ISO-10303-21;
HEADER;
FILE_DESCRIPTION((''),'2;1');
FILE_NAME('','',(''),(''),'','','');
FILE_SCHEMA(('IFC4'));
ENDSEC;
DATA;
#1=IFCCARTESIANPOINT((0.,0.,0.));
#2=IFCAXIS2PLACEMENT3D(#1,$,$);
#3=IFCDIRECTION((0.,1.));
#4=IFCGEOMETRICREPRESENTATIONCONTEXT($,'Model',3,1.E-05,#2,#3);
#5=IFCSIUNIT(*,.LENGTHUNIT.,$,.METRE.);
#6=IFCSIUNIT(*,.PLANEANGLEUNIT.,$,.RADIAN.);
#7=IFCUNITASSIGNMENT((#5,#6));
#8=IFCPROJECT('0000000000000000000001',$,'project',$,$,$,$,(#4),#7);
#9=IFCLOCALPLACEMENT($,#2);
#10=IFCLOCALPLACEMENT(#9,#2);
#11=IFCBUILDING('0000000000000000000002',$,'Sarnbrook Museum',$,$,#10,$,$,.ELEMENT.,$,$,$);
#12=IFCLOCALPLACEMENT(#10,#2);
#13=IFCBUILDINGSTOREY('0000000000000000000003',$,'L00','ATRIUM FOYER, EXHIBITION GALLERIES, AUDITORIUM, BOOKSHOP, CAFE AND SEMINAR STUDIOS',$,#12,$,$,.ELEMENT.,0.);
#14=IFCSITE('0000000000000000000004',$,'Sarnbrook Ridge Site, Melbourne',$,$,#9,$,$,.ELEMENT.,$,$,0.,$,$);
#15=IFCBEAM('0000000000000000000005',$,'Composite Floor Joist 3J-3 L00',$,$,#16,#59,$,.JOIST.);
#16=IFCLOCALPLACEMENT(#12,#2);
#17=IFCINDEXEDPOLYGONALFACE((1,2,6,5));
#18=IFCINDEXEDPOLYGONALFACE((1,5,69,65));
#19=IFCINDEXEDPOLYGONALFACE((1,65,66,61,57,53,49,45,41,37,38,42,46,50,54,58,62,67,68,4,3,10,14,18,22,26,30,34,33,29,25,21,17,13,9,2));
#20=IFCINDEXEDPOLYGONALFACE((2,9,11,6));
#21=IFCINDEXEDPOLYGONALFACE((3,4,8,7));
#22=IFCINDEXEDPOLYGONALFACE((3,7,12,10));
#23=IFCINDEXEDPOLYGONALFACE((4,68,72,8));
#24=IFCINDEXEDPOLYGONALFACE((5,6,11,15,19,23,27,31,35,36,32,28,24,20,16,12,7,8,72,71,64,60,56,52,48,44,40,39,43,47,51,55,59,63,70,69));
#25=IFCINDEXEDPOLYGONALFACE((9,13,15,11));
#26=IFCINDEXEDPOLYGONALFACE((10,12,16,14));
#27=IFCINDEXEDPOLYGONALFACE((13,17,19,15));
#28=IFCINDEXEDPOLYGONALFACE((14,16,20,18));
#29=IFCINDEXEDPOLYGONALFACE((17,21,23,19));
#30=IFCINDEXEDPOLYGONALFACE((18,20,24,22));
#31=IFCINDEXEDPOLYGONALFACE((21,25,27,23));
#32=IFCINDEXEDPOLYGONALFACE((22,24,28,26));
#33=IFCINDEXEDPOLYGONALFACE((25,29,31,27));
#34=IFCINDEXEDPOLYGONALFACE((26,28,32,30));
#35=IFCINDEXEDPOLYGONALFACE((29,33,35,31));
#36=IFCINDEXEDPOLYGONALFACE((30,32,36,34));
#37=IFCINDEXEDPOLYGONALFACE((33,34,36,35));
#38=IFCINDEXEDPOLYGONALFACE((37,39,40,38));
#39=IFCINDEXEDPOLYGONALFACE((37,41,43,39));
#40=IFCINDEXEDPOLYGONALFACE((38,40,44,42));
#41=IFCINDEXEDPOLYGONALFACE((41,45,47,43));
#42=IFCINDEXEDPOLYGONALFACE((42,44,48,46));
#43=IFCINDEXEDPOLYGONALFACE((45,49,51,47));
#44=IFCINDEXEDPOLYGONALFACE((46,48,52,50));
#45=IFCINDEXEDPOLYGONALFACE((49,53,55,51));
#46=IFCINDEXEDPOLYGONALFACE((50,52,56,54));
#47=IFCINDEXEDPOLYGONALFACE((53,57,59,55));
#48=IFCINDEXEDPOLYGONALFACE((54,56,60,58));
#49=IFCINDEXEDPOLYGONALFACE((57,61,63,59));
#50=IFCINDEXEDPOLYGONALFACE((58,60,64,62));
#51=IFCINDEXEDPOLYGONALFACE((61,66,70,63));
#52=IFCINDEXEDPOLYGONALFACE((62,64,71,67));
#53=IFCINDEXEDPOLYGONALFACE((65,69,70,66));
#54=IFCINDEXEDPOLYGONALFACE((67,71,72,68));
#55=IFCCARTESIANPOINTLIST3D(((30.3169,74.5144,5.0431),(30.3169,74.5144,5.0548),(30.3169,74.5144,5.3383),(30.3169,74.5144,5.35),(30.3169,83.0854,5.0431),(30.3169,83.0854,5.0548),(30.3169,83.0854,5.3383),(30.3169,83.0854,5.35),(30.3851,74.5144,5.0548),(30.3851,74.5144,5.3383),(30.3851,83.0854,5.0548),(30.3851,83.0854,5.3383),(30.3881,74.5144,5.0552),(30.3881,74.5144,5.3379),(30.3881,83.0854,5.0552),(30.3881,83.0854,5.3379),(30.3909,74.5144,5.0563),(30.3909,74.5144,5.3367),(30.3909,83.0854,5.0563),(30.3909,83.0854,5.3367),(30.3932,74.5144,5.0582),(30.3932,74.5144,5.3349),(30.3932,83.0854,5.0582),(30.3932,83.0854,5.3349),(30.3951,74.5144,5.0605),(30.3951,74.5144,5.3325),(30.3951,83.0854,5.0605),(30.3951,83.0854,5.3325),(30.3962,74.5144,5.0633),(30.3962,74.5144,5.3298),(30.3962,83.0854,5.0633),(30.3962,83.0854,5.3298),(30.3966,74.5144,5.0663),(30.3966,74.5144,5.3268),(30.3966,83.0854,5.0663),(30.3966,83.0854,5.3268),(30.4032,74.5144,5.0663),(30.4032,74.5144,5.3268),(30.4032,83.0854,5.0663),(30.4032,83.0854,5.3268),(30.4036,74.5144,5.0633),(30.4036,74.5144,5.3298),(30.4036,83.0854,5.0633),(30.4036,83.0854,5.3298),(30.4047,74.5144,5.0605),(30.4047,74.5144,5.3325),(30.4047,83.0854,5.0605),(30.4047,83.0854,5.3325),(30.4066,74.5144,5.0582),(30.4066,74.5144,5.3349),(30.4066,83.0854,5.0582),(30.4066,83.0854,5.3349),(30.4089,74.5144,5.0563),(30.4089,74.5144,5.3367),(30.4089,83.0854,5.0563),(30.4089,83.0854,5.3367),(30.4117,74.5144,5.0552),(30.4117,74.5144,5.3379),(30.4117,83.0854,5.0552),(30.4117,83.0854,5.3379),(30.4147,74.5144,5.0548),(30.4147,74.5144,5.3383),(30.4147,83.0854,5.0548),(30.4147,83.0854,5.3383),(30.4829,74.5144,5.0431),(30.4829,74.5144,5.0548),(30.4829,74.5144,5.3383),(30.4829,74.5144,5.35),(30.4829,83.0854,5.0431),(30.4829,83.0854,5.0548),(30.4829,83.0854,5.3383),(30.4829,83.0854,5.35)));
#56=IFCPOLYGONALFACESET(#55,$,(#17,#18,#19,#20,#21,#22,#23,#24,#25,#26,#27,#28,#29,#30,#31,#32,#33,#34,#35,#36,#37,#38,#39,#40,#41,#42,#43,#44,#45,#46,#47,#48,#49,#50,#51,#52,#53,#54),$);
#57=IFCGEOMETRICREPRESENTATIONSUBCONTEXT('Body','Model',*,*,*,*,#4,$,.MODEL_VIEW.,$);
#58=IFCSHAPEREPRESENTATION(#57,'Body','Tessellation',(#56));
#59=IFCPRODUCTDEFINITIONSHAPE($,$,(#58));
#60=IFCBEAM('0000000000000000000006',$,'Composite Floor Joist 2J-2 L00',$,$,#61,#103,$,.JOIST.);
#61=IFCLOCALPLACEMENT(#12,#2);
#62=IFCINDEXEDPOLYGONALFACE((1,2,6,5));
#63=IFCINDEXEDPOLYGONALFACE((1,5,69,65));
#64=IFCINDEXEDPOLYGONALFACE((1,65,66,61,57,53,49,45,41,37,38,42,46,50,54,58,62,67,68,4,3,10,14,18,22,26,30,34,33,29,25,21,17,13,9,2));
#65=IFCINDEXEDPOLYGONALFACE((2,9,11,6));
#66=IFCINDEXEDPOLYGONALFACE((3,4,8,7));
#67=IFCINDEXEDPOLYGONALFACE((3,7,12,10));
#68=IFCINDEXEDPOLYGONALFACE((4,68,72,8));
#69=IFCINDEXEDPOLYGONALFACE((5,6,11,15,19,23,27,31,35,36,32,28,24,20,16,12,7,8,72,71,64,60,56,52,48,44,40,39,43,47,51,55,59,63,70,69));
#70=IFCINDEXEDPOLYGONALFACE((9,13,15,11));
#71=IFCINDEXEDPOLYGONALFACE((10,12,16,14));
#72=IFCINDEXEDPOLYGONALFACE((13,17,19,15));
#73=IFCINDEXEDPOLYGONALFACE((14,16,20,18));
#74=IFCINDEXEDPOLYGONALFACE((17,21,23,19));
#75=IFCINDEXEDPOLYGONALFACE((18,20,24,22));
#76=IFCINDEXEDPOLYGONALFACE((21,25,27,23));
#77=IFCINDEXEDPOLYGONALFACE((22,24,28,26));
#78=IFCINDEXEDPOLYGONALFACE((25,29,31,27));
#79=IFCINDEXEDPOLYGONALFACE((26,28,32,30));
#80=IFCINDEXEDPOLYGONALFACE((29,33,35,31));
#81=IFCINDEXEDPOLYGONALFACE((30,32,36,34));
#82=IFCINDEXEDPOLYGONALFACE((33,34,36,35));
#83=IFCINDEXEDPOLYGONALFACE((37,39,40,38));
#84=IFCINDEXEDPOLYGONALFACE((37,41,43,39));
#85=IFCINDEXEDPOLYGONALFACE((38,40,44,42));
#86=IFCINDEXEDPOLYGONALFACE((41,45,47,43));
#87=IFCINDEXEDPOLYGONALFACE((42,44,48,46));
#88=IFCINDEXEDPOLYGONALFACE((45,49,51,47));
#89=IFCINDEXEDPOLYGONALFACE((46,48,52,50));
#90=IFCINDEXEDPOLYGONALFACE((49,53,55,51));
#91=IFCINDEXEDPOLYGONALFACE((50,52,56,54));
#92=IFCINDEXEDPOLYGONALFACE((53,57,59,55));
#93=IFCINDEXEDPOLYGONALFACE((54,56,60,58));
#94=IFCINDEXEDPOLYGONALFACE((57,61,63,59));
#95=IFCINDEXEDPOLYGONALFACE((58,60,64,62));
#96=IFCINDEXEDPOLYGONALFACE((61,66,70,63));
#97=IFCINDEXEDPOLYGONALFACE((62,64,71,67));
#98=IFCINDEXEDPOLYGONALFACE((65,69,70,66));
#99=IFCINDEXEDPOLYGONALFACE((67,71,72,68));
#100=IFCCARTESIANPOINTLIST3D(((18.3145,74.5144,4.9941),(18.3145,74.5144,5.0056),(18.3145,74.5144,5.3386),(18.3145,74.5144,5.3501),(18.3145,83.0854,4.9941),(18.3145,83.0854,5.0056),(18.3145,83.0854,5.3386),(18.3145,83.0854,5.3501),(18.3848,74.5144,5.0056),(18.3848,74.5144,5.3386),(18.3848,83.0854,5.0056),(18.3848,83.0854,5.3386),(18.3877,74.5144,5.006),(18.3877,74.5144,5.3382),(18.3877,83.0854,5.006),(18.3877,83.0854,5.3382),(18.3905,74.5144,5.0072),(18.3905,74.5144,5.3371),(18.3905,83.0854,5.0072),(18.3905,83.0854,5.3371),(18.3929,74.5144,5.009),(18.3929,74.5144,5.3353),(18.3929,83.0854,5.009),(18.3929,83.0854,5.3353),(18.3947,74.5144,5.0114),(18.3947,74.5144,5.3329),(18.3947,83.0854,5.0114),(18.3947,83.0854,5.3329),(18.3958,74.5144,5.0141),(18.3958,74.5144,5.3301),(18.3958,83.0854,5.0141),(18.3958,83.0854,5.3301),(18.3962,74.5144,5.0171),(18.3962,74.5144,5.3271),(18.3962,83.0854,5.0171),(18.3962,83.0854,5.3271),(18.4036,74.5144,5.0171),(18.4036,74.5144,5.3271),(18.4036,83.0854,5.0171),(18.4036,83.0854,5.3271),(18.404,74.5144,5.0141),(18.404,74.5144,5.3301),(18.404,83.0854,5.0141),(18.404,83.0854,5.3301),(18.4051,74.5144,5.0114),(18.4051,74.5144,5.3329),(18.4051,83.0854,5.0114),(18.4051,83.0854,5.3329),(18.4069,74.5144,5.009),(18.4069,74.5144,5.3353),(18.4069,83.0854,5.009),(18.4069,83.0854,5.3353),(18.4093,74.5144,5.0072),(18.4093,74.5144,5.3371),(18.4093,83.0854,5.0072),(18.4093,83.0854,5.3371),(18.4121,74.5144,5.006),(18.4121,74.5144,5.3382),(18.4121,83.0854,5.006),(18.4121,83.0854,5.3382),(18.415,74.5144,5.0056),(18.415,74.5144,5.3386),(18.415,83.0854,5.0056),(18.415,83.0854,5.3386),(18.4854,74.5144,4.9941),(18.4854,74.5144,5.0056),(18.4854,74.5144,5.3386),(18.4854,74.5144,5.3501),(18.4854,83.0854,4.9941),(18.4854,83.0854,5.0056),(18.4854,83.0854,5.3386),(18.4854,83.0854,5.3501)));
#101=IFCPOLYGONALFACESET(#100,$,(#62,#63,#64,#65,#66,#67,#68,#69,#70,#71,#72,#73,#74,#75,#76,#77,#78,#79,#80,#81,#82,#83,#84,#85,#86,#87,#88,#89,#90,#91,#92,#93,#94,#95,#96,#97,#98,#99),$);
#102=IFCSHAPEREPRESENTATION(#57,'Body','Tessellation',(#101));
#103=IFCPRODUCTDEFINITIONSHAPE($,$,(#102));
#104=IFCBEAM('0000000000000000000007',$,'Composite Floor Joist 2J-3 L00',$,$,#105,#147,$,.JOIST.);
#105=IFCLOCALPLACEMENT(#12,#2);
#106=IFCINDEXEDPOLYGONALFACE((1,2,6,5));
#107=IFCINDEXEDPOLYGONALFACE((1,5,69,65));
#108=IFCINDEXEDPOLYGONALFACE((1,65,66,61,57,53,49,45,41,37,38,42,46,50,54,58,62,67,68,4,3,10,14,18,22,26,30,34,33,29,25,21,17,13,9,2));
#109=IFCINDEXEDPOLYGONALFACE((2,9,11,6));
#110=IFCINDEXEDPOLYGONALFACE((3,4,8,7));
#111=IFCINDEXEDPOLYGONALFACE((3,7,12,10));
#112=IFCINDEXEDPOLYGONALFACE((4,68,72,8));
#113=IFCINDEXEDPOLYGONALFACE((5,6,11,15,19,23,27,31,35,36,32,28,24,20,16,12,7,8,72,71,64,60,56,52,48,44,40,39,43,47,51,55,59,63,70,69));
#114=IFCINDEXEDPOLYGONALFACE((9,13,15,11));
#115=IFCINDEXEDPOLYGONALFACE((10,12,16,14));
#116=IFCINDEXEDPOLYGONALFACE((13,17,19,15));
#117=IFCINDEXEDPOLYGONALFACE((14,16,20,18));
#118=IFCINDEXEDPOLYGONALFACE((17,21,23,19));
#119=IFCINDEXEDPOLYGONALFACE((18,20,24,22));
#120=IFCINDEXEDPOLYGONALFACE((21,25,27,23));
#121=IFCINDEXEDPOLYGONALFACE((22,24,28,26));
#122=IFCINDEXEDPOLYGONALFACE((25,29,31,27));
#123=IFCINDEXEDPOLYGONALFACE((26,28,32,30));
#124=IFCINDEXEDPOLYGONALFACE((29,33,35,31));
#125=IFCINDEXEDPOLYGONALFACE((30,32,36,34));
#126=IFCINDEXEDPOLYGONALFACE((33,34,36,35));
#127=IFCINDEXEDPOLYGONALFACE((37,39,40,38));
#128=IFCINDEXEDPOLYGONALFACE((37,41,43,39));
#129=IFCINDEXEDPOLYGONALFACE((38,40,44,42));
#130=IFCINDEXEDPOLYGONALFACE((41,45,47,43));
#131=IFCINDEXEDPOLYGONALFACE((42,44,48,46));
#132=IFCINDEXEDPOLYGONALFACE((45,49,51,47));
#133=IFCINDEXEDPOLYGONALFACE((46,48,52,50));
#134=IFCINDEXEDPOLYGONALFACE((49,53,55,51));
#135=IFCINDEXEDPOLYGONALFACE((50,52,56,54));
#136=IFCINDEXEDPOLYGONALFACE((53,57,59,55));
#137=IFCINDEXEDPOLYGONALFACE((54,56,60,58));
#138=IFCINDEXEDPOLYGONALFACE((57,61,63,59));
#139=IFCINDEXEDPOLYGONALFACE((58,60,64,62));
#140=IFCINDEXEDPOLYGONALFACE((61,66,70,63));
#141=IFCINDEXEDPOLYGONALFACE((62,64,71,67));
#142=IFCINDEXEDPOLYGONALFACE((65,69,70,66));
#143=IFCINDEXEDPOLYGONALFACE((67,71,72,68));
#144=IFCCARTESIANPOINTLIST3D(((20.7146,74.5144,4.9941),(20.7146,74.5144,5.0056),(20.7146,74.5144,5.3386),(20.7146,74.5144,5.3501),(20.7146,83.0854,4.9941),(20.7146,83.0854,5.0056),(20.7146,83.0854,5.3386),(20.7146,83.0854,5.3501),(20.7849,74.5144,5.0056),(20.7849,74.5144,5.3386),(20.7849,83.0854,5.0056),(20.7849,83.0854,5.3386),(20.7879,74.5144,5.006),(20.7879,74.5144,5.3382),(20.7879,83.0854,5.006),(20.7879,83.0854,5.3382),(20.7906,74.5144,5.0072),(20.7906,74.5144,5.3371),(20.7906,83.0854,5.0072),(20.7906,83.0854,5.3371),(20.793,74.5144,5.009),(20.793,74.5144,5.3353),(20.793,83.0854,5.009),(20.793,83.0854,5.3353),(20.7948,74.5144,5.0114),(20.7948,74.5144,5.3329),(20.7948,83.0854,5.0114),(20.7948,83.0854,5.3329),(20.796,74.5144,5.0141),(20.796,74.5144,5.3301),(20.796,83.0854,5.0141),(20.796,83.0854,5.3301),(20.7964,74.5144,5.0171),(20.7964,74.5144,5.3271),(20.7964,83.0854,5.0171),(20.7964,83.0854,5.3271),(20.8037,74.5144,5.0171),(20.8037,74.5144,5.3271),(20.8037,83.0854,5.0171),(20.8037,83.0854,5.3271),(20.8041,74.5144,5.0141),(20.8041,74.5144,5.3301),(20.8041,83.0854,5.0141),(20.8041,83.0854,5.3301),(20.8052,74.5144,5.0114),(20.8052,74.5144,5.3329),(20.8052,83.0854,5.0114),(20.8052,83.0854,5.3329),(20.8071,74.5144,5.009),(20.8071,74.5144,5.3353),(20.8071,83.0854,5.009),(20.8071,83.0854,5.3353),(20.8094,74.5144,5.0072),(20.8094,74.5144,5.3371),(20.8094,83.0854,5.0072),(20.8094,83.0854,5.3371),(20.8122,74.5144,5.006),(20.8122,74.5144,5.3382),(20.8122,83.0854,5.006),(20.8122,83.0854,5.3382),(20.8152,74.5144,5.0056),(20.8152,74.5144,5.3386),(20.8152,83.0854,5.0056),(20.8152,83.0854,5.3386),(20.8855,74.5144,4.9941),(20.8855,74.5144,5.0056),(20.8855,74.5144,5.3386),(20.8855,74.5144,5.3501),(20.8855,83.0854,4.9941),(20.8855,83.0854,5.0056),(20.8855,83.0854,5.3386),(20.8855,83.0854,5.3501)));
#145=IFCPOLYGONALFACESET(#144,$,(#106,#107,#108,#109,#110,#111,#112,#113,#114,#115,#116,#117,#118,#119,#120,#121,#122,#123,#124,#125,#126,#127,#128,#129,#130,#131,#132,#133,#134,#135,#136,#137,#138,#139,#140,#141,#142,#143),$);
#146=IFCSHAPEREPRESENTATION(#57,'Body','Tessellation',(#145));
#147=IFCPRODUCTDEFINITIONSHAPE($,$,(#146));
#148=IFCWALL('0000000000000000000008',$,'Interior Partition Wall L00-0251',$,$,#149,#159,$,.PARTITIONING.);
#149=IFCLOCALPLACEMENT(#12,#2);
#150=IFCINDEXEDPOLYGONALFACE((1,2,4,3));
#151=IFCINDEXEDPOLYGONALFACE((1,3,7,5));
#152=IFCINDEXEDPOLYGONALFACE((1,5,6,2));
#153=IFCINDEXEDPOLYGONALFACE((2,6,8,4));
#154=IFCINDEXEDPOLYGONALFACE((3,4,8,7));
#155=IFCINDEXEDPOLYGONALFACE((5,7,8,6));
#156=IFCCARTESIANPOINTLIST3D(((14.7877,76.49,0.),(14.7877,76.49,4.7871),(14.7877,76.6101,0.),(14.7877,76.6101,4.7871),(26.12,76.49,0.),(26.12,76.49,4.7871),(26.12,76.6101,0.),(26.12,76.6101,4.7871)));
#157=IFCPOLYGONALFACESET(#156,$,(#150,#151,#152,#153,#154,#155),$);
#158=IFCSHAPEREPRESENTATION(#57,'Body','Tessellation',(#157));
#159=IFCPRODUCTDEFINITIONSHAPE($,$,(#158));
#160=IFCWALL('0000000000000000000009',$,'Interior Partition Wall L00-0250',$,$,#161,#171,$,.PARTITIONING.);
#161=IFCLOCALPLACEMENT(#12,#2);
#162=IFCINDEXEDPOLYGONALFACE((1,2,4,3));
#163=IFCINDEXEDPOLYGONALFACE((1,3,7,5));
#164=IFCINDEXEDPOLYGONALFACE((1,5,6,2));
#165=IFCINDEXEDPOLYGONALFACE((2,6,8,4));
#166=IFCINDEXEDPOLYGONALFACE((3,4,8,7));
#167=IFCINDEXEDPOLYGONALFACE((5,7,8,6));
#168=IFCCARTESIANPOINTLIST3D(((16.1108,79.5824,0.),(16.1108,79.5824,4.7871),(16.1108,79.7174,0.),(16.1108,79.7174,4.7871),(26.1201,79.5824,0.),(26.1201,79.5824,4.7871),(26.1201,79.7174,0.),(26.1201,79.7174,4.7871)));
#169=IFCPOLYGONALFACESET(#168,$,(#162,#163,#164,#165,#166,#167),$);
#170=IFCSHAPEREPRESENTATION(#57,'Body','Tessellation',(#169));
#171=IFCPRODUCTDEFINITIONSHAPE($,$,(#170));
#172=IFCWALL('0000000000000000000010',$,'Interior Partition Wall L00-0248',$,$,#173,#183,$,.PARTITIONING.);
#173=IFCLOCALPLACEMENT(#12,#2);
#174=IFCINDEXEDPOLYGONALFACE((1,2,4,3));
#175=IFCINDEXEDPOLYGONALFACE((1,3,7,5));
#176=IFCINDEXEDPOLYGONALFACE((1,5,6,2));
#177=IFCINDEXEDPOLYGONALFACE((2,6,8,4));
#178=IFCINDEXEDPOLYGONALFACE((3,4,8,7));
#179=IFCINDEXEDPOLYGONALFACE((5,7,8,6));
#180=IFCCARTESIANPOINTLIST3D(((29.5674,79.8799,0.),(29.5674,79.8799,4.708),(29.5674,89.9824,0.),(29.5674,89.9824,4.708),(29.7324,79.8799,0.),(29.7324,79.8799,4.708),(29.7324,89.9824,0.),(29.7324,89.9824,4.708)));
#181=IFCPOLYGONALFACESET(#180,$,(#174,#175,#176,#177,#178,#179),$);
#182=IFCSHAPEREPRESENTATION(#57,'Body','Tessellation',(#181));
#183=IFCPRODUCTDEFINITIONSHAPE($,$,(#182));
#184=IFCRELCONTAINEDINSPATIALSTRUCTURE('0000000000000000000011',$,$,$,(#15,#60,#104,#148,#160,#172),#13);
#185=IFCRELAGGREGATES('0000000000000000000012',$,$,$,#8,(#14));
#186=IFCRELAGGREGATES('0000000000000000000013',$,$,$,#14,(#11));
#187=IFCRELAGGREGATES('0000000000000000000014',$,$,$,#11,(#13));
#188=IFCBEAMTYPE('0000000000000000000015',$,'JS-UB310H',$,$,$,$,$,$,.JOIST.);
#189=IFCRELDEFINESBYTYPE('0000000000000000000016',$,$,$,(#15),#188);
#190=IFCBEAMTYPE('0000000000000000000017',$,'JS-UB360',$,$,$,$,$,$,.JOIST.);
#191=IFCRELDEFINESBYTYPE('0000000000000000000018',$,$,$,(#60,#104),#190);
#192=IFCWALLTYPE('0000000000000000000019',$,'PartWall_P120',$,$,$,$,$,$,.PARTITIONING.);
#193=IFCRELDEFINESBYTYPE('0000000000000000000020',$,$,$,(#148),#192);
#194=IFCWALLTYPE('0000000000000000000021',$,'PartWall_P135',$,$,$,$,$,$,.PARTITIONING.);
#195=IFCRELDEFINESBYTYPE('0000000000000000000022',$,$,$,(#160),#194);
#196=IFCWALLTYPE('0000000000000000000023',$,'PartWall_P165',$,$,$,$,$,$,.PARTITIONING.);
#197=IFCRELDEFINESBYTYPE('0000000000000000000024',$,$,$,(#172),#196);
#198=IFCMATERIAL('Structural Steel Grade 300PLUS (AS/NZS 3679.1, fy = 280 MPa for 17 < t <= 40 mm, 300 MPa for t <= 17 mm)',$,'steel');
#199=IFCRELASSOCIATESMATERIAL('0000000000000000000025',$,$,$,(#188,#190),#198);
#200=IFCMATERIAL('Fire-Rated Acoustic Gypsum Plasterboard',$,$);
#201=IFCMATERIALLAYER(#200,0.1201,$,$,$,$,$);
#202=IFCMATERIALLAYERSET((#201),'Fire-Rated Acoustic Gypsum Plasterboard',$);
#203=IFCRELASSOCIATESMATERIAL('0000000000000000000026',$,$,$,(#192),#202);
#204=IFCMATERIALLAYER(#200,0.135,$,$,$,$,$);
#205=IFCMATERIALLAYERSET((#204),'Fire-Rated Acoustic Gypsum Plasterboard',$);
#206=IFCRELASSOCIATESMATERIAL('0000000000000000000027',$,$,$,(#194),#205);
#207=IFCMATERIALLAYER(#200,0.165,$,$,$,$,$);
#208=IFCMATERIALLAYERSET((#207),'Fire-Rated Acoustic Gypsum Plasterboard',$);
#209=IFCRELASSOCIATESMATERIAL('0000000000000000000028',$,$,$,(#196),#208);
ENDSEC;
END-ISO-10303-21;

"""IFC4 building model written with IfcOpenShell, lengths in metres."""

from ifc_helpers import new_model, si_unit, direction, frame, frame_2d, origin, origin_2d, place, context, subcontext, project, spatial, rectangle, i_section, extrude, material, layer, layer_set, material_profile, profile_set, type_object, element, save


model = new_model("IFC4")

# Units and contexts
model_context = context("Model", 3, precision=1e-05, world=origin(), true_north=direction((0.0, 1.0)))
body_context = subcontext(model_context, "Body", "Model", "MODEL_VIEW")
ifc_project = project(units=[si_unit("LENGTHUNIT", "METRE"), si_unit("PLANEANGLEUNIT", "RADIAN")], contexts=[model_context])

# Site, building, storey
site_placement = place(None, origin())
site = spatial("IfcSite", under=ifc_project, at=site_placement, Name="Sarnbrook Ridge Site, Melbourne", CompositionType="ELEMENT", RefElevation=0.0)
building_placement = place(site_placement, origin())
building = spatial("IfcBuilding", under=site, at=building_placement, Name="Sarnbrook Museum", CompositionType="ELEMENT")
storey_placement = place(building_placement, origin())
storey = spatial("IfcBuildingStorey", under=building, at=storey_placement, Name="L00", Description="ATRIUM FOYER, EXHIBITION GALLERIES, AUDITORIUM, BOOKSHOP, CAFE AND SEMINAR STUDIOS", CompositionType="ELEMENT", Elevation=0.0)

# Shared definitions
ifc_material_1 = material(Name="Structural Steel Grade 300PLUS (AS/NZS 3679.1, fy = 280 MPa for 17 < t <= 40 mm, 300 MPa for t <= 17 mm)", Category="steel")

# Beams
ifc_material_profile_1 = material_profile(ifc_material_1, i_section(OverallWidth=0.166, OverallDepth=0.3069, WebThickness=0.0066, FlangeThickness=0.0117, FilletRadius=0.0115, at=origin_2d()), Name="310UB46.2")
ifc_profile_set_1 = profile_set([ifc_material_profile_1], Name="Structural Steel Grade 300PLUS (AS/NZS 3679.1, fy = 280 MPa for 17 < t <= 40 mm, 300 MPa for t <= 17 mm)")
beam_type_1 = type_object("IfcBeamType", Name="JS-UB310H", PredefinedType="JOIST", material=ifc_profile_set_1)
for number, where, z_axis, x_axis, name in (
    (1, (30.3999, 74.5144, 5.1965), (0.0, 1.0, 0.0), (-1.0, 0.0, 0.0), "Composite Floor Joist 3J-3 L00"),
):
    element("IfcBeam", number, at=place(storey_placement, frame(where, z_axis=z_axis, x_axis=x_axis)), inside=storey, type_object=beam_type_1, Name=name, PredefinedType="JOIST", context=body_context, shape_type="SweptSolid", body=[
        extrude(i_section(OverallWidth=0.166, OverallDepth=0.3069, WebThickness=0.0066, FlangeThickness=0.0117, FilletRadius=0.0115, at=origin_2d()), origin(), (0.0, 0.0, 1.0), 8.571),
    ])
ifc_material_profile_2 = material_profile(ifc_material_1, i_section(OverallWidth=0.1709, OverallDepth=0.356, WebThickness=0.0073, FlangeThickness=0.0115, FilletRadius=0.0115, at=origin_2d()), Name="360UB50.7")
ifc_profile_set_2 = profile_set([ifc_material_profile_2], Name="Structural Steel Grade 300PLUS (AS/NZS 3679.1, fy = 280 MPa for 17 < t <= 40 mm, 300 MPa for t <= 17 mm)")
beam_type_2 = type_object("IfcBeamType", Name="JS-UB360", PredefinedType="JOIST", material=ifc_profile_set_2)
for number, where, z_axis, x_axis, name in (
    (2, (18.3999, 74.5144, 5.1721), (0.0, 1.0, 0.0), (-1.0, 0.0, 0.0), "Composite Floor Joist 2J-2 L00"),
    (3, (20.8, 74.5144, 5.1721), (0.0, 1.0, 0.0), (-1.0, 0.0, 0.0), "Composite Floor Joist 2J-3 L00"),
):
    element("IfcBeam", number, at=place(storey_placement, frame(where, z_axis=z_axis, x_axis=x_axis)), inside=storey, type_object=beam_type_2, Name=name, PredefinedType="JOIST", context=body_context, shape_type="SweptSolid", body=[
        extrude(i_section(OverallWidth=0.1709, OverallDepth=0.356, WebThickness=0.0073, FlangeThickness=0.0115, FilletRadius=0.0115, at=origin_2d()), origin(), (0.0, 0.0, 1.0), 8.571),
    ])

# Walls
ifc_material_2 = material(Name="Fire-Rated Acoustic Gypsum Plasterboard")
ifc_layer_1 = layer(ifc_material_2, 0.1201)
ifc_layer_set_1 = layer_set([ifc_layer_1], Name="Fire-Rated Acoustic Gypsum Plasterboard")
wall_type_1 = type_object("IfcWallType", Name="PartWall_P120", PredefinedType="PARTITIONING", material=ifc_layer_set_1)
wall_1_placement = place(storey_placement, frame((14.7878, 76.55, 0.0), z_axis=(0.0, 0.0, 1.0), x_axis=(1.0, 0.0, 0.0)))
element("IfcWall", 4, at=wall_1_placement, inside=storey, type_object=wall_type_1, Name="Interior Partition Wall L00-0251", PredefinedType="PARTITIONING", context=body_context, shape_type="SweptSolid", body=[
    extrude(rectangle(XDim=11.3323, YDim=0.1201, at=frame_2d((5.666, 0.0))), origin(), (0.0, 0.0, 1.0), 4.7871),
])
ifc_layer_2 = layer(ifc_material_2, 0.135)
ifc_layer_set_2 = layer_set([ifc_layer_2], Name="Fire-Rated Acoustic Gypsum Plasterboard")
wall_type_2 = type_object("IfcWallType", Name="PartWall_P135", PredefinedType="PARTITIONING", material=ifc_layer_set_2)
wall_2_placement = place(storey_placement, frame((26.1201, 79.6499, 0.0), z_axis=(0.0, 0.0, 1.0), x_axis=(-1.0, 0.0, 0.0)))
element("IfcWall", 5, at=wall_2_placement, inside=storey, type_object=wall_type_2, Name="Interior Partition Wall L00-0250", PredefinedType="PARTITIONING", context=body_context, shape_type="SweptSolid", body=[
    extrude(rectangle(XDim=10.0093, YDim=0.135, at=frame_2d((5.0046, 0.0))), origin(), (0.0, 0.0, 1.0), 4.7871),
])
ifc_layer_3 = layer(ifc_material_2, 0.165)
ifc_layer_set_3 = layer_set([ifc_layer_3], Name="Fire-Rated Acoustic Gypsum Plasterboard")
wall_type_3 = type_object("IfcWallType", Name="PartWall_P165", PredefinedType="PARTITIONING", material=ifc_layer_set_3)
wall_3_placement = place(storey_placement, frame((29.6499, 79.8799, 0.0), z_axis=(0.0, 0.0, 1.0), x_axis=(0.0, 1.0, 0.0)))
element("IfcWall", 6, at=wall_3_placement, inside=storey, type_object=wall_type_3, Name="Interior Partition Wall L00-0248", PredefinedType="PARTITIONING", context=body_context, shape_type="SweptSolid", body=[
    extrude(rectangle(XDim=10.1025, YDim=0.165, at=frame_2d((5.0513, 0.0))), origin(), (0.0, 0.0, 1.0), 4.708),
])

save(model, "model.ifc")
